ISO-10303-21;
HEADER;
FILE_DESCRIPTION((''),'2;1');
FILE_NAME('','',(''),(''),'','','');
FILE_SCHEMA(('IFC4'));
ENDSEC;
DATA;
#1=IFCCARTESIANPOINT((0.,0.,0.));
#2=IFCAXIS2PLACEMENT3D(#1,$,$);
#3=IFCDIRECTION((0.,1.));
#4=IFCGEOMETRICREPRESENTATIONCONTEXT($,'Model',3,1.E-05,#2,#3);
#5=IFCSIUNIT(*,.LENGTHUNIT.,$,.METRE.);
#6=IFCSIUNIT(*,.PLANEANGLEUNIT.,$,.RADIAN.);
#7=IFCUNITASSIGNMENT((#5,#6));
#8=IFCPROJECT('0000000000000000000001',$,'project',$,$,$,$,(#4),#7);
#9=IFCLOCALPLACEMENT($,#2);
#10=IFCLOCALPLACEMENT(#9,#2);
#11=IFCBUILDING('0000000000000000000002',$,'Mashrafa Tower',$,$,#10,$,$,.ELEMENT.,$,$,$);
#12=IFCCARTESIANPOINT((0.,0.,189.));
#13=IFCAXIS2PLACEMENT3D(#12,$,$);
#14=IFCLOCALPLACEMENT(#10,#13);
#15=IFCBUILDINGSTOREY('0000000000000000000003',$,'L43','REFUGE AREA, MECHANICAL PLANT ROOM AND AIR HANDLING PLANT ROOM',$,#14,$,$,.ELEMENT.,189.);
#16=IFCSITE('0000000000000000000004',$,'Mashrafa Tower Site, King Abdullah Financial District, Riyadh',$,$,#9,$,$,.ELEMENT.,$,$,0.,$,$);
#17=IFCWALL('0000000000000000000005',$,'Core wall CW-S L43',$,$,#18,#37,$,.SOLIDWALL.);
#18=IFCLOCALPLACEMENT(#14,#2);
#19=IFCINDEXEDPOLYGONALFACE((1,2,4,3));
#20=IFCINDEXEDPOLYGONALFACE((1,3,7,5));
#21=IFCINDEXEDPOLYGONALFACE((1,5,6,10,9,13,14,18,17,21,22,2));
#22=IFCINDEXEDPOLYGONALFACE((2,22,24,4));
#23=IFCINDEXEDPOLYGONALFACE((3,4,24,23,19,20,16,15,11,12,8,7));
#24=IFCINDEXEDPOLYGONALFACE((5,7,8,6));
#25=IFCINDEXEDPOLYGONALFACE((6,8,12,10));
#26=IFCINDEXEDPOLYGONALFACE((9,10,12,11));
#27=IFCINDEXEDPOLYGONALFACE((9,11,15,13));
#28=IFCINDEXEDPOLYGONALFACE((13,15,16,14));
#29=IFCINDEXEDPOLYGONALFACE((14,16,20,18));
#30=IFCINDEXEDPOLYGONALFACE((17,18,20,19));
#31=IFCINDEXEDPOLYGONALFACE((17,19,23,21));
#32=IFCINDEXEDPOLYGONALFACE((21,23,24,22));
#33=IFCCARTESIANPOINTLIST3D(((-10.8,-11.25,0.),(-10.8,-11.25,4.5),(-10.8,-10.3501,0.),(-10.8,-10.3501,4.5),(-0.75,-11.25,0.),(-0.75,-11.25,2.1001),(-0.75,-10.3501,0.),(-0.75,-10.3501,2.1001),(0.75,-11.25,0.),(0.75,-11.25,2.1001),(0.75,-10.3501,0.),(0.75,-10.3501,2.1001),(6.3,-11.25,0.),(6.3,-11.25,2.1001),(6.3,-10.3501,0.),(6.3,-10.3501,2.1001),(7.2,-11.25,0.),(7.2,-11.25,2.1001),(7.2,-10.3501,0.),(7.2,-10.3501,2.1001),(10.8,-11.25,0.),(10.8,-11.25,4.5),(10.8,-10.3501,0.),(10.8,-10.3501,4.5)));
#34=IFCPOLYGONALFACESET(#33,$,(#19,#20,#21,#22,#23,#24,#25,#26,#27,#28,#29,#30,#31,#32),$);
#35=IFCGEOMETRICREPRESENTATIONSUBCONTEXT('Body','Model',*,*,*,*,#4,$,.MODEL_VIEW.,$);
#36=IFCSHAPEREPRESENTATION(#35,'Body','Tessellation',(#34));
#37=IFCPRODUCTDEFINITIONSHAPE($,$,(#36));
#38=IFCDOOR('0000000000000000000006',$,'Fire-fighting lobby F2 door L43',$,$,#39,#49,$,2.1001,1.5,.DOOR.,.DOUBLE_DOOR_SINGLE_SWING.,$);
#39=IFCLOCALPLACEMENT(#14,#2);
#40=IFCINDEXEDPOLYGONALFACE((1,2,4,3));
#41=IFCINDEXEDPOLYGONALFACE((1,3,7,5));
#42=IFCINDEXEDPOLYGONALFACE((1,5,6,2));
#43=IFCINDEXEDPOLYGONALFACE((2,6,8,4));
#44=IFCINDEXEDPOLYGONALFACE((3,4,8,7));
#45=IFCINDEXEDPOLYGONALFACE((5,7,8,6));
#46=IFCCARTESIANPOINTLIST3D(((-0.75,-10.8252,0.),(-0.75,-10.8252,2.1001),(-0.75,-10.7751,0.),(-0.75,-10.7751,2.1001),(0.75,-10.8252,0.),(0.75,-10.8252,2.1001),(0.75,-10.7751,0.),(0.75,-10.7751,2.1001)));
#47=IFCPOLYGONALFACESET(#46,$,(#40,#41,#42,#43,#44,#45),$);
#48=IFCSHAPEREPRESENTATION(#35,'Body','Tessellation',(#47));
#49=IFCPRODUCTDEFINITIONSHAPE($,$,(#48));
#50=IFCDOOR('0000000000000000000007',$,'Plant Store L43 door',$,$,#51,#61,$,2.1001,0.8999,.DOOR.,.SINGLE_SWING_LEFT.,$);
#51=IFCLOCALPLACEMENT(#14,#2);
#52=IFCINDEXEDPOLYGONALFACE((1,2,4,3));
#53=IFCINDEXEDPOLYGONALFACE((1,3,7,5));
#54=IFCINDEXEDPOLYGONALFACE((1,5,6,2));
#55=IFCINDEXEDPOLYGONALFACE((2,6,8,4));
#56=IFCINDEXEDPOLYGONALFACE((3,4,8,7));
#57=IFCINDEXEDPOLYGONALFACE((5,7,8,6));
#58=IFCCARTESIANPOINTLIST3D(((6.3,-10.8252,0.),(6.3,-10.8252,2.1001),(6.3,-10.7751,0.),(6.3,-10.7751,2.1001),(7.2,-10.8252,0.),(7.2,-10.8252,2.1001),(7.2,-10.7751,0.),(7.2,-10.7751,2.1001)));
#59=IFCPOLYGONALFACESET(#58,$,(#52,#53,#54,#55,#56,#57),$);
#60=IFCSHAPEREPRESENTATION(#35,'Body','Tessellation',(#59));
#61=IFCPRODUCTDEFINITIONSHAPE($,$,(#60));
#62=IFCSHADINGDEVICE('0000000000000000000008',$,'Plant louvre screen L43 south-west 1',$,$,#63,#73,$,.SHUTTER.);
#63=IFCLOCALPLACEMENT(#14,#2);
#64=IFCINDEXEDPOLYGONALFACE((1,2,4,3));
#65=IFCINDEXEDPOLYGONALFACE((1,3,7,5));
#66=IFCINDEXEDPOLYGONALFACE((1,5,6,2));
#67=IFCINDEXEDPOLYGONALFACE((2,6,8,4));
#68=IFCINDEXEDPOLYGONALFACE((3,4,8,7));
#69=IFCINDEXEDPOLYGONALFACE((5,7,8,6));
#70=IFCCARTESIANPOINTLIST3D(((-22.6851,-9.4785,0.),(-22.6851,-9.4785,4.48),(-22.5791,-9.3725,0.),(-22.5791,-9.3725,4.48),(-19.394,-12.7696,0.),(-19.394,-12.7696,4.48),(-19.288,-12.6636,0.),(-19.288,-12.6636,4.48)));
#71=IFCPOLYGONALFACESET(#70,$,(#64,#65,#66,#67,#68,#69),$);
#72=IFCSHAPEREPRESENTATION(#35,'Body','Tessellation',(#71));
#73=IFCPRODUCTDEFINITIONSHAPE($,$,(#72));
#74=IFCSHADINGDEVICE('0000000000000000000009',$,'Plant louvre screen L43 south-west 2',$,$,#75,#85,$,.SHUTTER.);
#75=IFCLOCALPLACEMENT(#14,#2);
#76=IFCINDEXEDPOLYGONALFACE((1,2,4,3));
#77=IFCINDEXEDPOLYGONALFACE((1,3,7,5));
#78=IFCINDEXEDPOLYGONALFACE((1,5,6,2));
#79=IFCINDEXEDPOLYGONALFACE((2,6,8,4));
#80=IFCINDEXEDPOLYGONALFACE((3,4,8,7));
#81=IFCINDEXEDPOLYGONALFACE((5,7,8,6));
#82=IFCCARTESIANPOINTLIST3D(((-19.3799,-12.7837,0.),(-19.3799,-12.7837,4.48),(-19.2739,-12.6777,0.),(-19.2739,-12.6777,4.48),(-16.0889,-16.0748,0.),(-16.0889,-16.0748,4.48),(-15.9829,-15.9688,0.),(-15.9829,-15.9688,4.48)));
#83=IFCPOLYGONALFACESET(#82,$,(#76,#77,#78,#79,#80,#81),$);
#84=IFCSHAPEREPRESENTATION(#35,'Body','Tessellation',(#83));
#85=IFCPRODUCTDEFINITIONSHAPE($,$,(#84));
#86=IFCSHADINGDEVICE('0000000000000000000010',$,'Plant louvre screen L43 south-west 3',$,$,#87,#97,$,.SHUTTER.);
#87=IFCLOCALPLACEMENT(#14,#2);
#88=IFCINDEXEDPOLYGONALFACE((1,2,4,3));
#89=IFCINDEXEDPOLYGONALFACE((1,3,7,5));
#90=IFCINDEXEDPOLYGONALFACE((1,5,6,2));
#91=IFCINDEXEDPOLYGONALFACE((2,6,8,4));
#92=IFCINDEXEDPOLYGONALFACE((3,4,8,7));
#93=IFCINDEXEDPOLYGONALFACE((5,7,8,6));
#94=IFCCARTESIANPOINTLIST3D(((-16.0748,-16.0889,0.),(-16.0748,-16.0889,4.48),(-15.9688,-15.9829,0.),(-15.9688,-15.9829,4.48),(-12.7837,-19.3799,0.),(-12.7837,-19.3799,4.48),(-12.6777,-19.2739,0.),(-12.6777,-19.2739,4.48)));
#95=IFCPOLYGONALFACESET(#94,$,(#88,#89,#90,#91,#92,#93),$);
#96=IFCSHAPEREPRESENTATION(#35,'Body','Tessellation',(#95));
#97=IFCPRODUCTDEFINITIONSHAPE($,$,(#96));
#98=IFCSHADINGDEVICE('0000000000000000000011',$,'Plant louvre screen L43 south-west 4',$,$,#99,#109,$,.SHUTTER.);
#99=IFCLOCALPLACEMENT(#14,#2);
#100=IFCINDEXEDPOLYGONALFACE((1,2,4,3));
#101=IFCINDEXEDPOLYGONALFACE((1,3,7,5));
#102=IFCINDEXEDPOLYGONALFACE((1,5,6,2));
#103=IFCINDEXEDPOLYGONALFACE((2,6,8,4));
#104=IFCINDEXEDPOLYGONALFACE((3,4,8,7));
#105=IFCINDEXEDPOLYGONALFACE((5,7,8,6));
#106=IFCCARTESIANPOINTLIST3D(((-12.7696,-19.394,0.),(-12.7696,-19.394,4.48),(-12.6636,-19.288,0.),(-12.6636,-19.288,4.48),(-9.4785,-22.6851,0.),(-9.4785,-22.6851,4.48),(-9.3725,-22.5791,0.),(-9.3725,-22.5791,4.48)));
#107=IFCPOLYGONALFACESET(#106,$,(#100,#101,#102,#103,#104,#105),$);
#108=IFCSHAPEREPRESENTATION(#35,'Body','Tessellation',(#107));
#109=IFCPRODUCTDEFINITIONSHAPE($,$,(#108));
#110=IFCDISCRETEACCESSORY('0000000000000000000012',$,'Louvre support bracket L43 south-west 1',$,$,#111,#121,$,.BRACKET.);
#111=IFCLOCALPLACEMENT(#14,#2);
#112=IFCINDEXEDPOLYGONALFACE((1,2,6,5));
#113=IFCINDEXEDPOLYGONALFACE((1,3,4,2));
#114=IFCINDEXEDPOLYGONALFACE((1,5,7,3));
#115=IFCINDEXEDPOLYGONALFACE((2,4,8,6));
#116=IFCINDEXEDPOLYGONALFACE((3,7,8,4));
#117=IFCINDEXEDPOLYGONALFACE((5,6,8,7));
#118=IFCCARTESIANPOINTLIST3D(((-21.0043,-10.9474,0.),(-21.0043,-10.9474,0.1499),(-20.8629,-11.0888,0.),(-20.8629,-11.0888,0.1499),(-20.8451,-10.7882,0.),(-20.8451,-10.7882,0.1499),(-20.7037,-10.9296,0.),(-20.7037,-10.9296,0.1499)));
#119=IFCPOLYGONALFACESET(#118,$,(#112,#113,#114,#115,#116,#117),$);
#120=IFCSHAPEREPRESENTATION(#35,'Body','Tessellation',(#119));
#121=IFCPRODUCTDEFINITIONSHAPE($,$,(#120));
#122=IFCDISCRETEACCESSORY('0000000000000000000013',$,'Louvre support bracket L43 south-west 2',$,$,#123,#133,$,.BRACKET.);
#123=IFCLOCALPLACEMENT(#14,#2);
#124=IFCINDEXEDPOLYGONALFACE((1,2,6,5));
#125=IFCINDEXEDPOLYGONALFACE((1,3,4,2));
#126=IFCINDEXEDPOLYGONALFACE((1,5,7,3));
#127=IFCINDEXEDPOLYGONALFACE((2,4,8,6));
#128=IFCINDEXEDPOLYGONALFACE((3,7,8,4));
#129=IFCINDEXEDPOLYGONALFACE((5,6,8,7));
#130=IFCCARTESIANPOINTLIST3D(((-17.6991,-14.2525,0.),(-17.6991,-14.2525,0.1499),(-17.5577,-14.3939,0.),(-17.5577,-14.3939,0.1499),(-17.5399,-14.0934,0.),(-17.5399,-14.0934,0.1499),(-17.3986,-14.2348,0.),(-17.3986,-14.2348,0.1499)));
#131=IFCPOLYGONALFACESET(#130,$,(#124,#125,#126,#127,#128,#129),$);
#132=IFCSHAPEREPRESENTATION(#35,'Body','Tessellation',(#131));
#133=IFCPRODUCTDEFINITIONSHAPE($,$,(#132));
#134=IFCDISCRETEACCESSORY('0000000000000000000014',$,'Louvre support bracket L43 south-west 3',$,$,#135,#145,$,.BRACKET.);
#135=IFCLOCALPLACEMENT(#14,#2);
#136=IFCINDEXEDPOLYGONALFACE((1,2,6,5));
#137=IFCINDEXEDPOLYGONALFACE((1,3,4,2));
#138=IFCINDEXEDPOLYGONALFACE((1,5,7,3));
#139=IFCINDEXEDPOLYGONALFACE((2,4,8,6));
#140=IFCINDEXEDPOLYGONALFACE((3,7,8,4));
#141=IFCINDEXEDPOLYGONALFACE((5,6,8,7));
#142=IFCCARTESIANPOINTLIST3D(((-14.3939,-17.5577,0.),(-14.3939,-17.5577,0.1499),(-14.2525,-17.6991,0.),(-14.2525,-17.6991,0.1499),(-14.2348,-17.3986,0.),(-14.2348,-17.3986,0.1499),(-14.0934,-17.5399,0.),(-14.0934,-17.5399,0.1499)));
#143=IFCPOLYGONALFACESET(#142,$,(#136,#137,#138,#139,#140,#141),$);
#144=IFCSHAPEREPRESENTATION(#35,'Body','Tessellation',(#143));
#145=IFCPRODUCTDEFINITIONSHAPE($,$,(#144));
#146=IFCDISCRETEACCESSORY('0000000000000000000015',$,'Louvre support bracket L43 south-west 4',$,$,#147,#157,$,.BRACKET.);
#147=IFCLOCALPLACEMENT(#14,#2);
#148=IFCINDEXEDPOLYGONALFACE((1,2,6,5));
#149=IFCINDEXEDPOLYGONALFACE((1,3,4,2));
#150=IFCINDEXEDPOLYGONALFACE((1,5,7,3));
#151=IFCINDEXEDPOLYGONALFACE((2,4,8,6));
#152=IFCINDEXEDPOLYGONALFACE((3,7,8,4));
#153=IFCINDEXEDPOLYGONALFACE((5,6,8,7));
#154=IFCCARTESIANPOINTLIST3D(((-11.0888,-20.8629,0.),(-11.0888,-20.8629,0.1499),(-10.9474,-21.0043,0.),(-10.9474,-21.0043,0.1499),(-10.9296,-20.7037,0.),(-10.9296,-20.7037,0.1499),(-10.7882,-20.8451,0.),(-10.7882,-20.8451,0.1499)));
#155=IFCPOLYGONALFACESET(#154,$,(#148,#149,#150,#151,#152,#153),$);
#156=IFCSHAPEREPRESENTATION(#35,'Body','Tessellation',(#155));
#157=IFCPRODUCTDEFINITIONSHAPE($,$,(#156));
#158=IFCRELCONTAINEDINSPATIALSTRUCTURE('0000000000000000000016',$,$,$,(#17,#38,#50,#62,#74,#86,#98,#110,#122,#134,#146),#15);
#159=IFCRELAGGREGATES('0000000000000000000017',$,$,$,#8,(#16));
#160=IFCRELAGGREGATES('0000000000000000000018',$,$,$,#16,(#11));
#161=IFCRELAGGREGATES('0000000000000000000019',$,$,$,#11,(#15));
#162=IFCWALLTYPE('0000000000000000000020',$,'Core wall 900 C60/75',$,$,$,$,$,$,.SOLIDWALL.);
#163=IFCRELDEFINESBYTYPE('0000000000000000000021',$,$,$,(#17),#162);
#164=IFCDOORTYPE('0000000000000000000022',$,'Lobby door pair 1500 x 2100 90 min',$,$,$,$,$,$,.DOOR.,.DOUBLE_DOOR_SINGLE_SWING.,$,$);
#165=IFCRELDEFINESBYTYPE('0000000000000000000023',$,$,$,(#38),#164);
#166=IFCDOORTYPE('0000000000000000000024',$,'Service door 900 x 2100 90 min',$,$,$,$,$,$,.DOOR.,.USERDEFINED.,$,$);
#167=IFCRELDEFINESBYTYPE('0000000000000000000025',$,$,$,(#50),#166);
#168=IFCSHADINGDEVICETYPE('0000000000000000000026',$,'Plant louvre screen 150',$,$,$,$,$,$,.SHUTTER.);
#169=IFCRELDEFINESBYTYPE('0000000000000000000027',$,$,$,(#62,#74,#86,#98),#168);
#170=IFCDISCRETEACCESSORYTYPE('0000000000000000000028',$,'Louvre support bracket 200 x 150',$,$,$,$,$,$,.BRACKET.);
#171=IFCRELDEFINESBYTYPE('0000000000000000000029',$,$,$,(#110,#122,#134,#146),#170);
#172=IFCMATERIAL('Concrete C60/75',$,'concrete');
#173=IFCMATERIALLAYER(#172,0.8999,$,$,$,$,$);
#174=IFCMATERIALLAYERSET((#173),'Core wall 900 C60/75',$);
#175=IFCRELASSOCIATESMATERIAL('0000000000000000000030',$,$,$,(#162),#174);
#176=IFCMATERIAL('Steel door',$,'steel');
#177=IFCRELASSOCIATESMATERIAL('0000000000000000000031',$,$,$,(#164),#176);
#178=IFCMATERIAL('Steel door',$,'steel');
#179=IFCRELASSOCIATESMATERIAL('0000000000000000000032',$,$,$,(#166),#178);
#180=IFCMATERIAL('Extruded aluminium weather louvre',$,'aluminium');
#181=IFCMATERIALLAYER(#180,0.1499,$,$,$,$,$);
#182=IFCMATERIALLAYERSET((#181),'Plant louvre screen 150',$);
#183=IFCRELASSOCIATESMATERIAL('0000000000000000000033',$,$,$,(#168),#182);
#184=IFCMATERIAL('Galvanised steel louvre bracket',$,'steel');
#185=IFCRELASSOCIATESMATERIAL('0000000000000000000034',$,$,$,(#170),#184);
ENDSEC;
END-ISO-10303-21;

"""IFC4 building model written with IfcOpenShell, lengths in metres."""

from ifc_helpers import new_model, si_unit, direction, frame, frame_2d, origin, origin_2d, place, context, subcontext, project, spatial, rectangle, extrude, source, transform, mapped, material, layer, layer_set, type_object, type_shapes, element, fill, save


model = new_model("IFC4")

# Units and contexts
model_context = context("Model", 3, precision=1e-05, world=origin(), true_north=direction((0.0, 1.0)))
body_context = subcontext(model_context, "Body", "Model", "MODEL_VIEW")
ifc_project = project(units=[si_unit("LENGTHUNIT", "METRE"), si_unit("PLANEANGLEUNIT", "RADIAN")], contexts=[model_context])

# Site, building, storey
site_placement = place(None, origin())
site = spatial("IfcSite", under=ifc_project, at=site_placement, Name="Mashrafa Tower Site, King Abdullah Financial District, Riyadh", CompositionType="ELEMENT", RefElevation=0.0)
building_placement = place(site_placement, origin())
building = spatial("IfcBuilding", under=site, at=building_placement, Name="Mashrafa Tower", CompositionType="ELEMENT")
storey_placement = place(building_placement, frame((0.0, 0.0, 189.0)))
storey = spatial("IfcBuildingStorey", under=building, at=storey_placement, Name="L43", Description="REFUGE AREA, MECHANICAL PLANT ROOM AND AIR HANDLING PLANT ROOM", CompositionType="ELEMENT", Elevation=189.0)

# Wall, openings, doors
ifc_material_1 = material(Name="Concrete C60/75", Category="concrete")
ifc_layer_1 = layer(ifc_material_1, 0.8999)
ifc_layer_set_1 = layer_set([ifc_layer_1], Name="Core wall 900 C60/75")
wall_type_1 = type_object("IfcWallType", Name="Core wall 900 C60/75", PredefinedType="SOLIDWALL", material=ifc_layer_set_1)
wall_1_placement = place(storey_placement, frame((-10.8, -10.8, 0.0), z_axis=(0.0, 0.0, 1.0), x_axis=(1.0, 0.0, 0.0)))
wall_1 = element("IfcWall", 1, at=wall_1_placement, inside=storey, type_object=wall_type_1, Name="Core wall CW-S L43", PredefinedType="SOLIDWALL", context=body_context, shape_type="SweptSolid", body=[
    extrude(rectangle(XDim=21.6001, YDim=0.8999, at=frame_2d((10.8, 0.0))), origin(), (0.0, 0.0, 1.0), 4.5),
])
opening_1_placement = place(wall_1_placement, frame((10.05, 0.0, 0.0)))
opening_1 = element("IfcOpeningElement", 2, at=opening_1_placement, cuts=wall_1, PredefinedType="OPENING", context=body_context, shape_type="SweptSolid", body=[
    extrude(rectangle(XDim=1.5, YDim=2.1001, at=frame_2d((0.75, 1.05))), frame((0.0, 0.46, 0.0), z_axis=(0.0, -1.0, 0.0), x_axis=(1.0, 0.0, 0.0)), (0.0, 0.0, 1.0), 0.9199),
])
opening_2_placement = place(wall_1_placement, frame((17.1001, 0.0, 0.0)))
opening_2 = element("IfcOpeningElement", 3, at=opening_2_placement, cuts=wall_1, PredefinedType="OPENING", context=body_context, shape_type="SweptSolid", body=[
    extrude(rectangle(XDim=0.8999, YDim=2.1001, at=frame_2d((0.45, 1.05))), frame((0.0, 0.46, 0.0), z_axis=(0.0, -1.0, 0.0), x_axis=(1.0, 0.0, 0.0)), (0.0, 0.0, 1.0), 0.9199),
])
ifc_material_2 = material(Name="Steel door", Category="steel")
door_type_1 = type_object("IfcDoorType", Name="Lobby door pair 1500 x 2100 90 min", OperationType="DOUBLE_DOOR_SINGLE_SWING", PredefinedType="DOOR", material=ifc_material_2)
door_1_placement = place(opening_1_placement, origin())
door_1 = element("IfcDoor", 4, at=door_1_placement, inside=storey, type_object=door_type_1, Name="Fire-fighting lobby F2 door L43", OperationType="DOUBLE_DOOR_SINGLE_SWING", OverallHeight=2.1001, OverallWidth=1.5, PredefinedType="DOOR", context=body_context, shape_type="SweptSolid", body=[
    extrude(rectangle(XDim=1.5, YDim=2.1001, at=frame_2d((0.75, 1.05))), frame((0.0, 0.0249, 0.0), z_axis=(0.0, -1.0, 0.0), x_axis=(1.0, 0.0, 0.0)), (0.0, 0.0, 1.0), 0.05),
])
fill(opening_1, door_1)
ifc_material_3 = material(Name="Steel door", Category="steel")
door_type_2 = type_object("IfcDoorType", Name="Service door 900 x 2100 90 min", OperationType="USERDEFINED", PredefinedType="DOOR", material=ifc_material_3)
door_2_placement = place(opening_2_placement, origin())
door_2 = element("IfcDoor", 5, at=door_2_placement, inside=storey, type_object=door_type_2, Name="Plant Store L43 door", OperationType="SINGLE_SWING_LEFT", OverallHeight=2.1001, OverallWidth=0.8999, PredefinedType="DOOR", context=body_context, shape_type="SweptSolid", body=[
    extrude(rectangle(XDim=0.8999, YDim=2.1001, at=frame_2d((0.45, 1.05))), frame((0.0, 0.0249, 0.0), z_axis=(0.0, -1.0, 0.0), x_axis=(1.0, 0.0, 0.0)), (0.0, 0.0, 1.0), 0.05),
])
fill(opening_2, door_2)

# Shading devices
ifc_material_4 = material(Name="Extruded aluminium weather louvre", Category="aluminium")
ifc_layer_2 = layer(ifc_material_4, 0.1499)
ifc_layer_set_2 = layer_set([ifc_layer_2], Name="Plant louvre screen 150")
shading_device_type = type_object("IfcShadingDeviceType", Name="Plant louvre screen 150", PredefinedType="SHUTTER", material=ifc_layer_set_2)
shared_shape_1 = source(origin(), body_context, "Body", "SweptSolid", [
    extrude(rectangle(XDim=4.6543, YDim=0.1499, at=origin_2d()), origin(), (0.0, 0.0, 1.0), 4.48),
])
type_shapes(shading_device_type, [shared_shape_1])
for number, where, z_axis, x_axis, name in (
    (6, (-20.9866, -11.071, 0.0), (0.0, 0.0, 1.0), (0.707107, -0.707107, 0.0), "Plant louvre screen L43 south-west 1"),
    (7, (-17.6814, -14.3762, 0.0), (0.0, 0.0, 1.0), (0.707107, -0.707107, 0.0), "Plant louvre screen L43 south-west 2"),
    (8, (-14.3762, -17.6814, 0.0), (0.0, 0.0, 1.0), (0.707107, -0.707107, 0.0), "Plant louvre screen L43 south-west 3"),
    (9, (-11.071, -20.9866, 0.0), (0.0, 0.0, 1.0), (0.707107, -0.707107, 0.0), "Plant louvre screen L43 south-west 4"),
):
    element("IfcShadingDevice", number, at=place(storey_placement, frame(where, z_axis=z_axis, x_axis=x_axis)), inside=storey, type_object=shading_device_type, Name=name, PredefinedType="SHUTTER", context=body_context, shape_type="MappedRepresentation", body=[
        mapped(shared_shape_1, transform((0.0, 0.0, 0.0))),
    ])

# Discrete accessories
ifc_material_5 = material(Name="Galvanised steel louvre bracket", Category="steel")
discrete_accessory_type = type_object("IfcDiscreteAccessoryType", Name="Louvre support bracket 200 x 150", PredefinedType="BRACKET", material=ifc_material_5)
shared_shape_2 = source(origin(), body_context, "Body", "SweptSolid", [
    extrude(rectangle(XDim=0.2, YDim=0.2251, at=origin_2d()), origin(), (0.0, 0.0, 1.0), 0.1499),
])
type_shapes(discrete_accessory_type, [shared_shape_2])
for number, where, z_axis, x_axis, name in (
    (10, (-20.854, -10.9385, 0.0), (0.0, 0.0, 1.0), (0.707107, -0.707107, 0.0), "Louvre support bracket L43 south-west 1"),
    (11, (-17.5488, -14.2437, 0.0), (0.0, 0.0, 1.0), (0.707107, -0.707107, 0.0), "Louvre support bracket L43 south-west 2"),
    (12, (-14.2437, -17.5488, 0.0), (0.0, 0.0, 1.0), (0.707107, -0.707107, 0.0), "Louvre support bracket L43 south-west 3"),
    (13, (-10.9385, -20.854, 0.0), (0.0, 0.0, 1.0), (0.707107, -0.707107, 0.0), "Louvre support bracket L43 south-west 4"),
):
    element("IfcDiscreteAccessory", number, at=place(storey_placement, frame(where, z_axis=z_axis, x_axis=x_axis)), inside=storey, type_object=discrete_accessory_type, Name=name, PredefinedType="BRACKET", context=body_context, shape_type="MappedRepresentation", body=[
        mapped(shared_shape_2, transform((0.0, 0.0, 0.0))),
    ])

save(model, "model.ifc")
